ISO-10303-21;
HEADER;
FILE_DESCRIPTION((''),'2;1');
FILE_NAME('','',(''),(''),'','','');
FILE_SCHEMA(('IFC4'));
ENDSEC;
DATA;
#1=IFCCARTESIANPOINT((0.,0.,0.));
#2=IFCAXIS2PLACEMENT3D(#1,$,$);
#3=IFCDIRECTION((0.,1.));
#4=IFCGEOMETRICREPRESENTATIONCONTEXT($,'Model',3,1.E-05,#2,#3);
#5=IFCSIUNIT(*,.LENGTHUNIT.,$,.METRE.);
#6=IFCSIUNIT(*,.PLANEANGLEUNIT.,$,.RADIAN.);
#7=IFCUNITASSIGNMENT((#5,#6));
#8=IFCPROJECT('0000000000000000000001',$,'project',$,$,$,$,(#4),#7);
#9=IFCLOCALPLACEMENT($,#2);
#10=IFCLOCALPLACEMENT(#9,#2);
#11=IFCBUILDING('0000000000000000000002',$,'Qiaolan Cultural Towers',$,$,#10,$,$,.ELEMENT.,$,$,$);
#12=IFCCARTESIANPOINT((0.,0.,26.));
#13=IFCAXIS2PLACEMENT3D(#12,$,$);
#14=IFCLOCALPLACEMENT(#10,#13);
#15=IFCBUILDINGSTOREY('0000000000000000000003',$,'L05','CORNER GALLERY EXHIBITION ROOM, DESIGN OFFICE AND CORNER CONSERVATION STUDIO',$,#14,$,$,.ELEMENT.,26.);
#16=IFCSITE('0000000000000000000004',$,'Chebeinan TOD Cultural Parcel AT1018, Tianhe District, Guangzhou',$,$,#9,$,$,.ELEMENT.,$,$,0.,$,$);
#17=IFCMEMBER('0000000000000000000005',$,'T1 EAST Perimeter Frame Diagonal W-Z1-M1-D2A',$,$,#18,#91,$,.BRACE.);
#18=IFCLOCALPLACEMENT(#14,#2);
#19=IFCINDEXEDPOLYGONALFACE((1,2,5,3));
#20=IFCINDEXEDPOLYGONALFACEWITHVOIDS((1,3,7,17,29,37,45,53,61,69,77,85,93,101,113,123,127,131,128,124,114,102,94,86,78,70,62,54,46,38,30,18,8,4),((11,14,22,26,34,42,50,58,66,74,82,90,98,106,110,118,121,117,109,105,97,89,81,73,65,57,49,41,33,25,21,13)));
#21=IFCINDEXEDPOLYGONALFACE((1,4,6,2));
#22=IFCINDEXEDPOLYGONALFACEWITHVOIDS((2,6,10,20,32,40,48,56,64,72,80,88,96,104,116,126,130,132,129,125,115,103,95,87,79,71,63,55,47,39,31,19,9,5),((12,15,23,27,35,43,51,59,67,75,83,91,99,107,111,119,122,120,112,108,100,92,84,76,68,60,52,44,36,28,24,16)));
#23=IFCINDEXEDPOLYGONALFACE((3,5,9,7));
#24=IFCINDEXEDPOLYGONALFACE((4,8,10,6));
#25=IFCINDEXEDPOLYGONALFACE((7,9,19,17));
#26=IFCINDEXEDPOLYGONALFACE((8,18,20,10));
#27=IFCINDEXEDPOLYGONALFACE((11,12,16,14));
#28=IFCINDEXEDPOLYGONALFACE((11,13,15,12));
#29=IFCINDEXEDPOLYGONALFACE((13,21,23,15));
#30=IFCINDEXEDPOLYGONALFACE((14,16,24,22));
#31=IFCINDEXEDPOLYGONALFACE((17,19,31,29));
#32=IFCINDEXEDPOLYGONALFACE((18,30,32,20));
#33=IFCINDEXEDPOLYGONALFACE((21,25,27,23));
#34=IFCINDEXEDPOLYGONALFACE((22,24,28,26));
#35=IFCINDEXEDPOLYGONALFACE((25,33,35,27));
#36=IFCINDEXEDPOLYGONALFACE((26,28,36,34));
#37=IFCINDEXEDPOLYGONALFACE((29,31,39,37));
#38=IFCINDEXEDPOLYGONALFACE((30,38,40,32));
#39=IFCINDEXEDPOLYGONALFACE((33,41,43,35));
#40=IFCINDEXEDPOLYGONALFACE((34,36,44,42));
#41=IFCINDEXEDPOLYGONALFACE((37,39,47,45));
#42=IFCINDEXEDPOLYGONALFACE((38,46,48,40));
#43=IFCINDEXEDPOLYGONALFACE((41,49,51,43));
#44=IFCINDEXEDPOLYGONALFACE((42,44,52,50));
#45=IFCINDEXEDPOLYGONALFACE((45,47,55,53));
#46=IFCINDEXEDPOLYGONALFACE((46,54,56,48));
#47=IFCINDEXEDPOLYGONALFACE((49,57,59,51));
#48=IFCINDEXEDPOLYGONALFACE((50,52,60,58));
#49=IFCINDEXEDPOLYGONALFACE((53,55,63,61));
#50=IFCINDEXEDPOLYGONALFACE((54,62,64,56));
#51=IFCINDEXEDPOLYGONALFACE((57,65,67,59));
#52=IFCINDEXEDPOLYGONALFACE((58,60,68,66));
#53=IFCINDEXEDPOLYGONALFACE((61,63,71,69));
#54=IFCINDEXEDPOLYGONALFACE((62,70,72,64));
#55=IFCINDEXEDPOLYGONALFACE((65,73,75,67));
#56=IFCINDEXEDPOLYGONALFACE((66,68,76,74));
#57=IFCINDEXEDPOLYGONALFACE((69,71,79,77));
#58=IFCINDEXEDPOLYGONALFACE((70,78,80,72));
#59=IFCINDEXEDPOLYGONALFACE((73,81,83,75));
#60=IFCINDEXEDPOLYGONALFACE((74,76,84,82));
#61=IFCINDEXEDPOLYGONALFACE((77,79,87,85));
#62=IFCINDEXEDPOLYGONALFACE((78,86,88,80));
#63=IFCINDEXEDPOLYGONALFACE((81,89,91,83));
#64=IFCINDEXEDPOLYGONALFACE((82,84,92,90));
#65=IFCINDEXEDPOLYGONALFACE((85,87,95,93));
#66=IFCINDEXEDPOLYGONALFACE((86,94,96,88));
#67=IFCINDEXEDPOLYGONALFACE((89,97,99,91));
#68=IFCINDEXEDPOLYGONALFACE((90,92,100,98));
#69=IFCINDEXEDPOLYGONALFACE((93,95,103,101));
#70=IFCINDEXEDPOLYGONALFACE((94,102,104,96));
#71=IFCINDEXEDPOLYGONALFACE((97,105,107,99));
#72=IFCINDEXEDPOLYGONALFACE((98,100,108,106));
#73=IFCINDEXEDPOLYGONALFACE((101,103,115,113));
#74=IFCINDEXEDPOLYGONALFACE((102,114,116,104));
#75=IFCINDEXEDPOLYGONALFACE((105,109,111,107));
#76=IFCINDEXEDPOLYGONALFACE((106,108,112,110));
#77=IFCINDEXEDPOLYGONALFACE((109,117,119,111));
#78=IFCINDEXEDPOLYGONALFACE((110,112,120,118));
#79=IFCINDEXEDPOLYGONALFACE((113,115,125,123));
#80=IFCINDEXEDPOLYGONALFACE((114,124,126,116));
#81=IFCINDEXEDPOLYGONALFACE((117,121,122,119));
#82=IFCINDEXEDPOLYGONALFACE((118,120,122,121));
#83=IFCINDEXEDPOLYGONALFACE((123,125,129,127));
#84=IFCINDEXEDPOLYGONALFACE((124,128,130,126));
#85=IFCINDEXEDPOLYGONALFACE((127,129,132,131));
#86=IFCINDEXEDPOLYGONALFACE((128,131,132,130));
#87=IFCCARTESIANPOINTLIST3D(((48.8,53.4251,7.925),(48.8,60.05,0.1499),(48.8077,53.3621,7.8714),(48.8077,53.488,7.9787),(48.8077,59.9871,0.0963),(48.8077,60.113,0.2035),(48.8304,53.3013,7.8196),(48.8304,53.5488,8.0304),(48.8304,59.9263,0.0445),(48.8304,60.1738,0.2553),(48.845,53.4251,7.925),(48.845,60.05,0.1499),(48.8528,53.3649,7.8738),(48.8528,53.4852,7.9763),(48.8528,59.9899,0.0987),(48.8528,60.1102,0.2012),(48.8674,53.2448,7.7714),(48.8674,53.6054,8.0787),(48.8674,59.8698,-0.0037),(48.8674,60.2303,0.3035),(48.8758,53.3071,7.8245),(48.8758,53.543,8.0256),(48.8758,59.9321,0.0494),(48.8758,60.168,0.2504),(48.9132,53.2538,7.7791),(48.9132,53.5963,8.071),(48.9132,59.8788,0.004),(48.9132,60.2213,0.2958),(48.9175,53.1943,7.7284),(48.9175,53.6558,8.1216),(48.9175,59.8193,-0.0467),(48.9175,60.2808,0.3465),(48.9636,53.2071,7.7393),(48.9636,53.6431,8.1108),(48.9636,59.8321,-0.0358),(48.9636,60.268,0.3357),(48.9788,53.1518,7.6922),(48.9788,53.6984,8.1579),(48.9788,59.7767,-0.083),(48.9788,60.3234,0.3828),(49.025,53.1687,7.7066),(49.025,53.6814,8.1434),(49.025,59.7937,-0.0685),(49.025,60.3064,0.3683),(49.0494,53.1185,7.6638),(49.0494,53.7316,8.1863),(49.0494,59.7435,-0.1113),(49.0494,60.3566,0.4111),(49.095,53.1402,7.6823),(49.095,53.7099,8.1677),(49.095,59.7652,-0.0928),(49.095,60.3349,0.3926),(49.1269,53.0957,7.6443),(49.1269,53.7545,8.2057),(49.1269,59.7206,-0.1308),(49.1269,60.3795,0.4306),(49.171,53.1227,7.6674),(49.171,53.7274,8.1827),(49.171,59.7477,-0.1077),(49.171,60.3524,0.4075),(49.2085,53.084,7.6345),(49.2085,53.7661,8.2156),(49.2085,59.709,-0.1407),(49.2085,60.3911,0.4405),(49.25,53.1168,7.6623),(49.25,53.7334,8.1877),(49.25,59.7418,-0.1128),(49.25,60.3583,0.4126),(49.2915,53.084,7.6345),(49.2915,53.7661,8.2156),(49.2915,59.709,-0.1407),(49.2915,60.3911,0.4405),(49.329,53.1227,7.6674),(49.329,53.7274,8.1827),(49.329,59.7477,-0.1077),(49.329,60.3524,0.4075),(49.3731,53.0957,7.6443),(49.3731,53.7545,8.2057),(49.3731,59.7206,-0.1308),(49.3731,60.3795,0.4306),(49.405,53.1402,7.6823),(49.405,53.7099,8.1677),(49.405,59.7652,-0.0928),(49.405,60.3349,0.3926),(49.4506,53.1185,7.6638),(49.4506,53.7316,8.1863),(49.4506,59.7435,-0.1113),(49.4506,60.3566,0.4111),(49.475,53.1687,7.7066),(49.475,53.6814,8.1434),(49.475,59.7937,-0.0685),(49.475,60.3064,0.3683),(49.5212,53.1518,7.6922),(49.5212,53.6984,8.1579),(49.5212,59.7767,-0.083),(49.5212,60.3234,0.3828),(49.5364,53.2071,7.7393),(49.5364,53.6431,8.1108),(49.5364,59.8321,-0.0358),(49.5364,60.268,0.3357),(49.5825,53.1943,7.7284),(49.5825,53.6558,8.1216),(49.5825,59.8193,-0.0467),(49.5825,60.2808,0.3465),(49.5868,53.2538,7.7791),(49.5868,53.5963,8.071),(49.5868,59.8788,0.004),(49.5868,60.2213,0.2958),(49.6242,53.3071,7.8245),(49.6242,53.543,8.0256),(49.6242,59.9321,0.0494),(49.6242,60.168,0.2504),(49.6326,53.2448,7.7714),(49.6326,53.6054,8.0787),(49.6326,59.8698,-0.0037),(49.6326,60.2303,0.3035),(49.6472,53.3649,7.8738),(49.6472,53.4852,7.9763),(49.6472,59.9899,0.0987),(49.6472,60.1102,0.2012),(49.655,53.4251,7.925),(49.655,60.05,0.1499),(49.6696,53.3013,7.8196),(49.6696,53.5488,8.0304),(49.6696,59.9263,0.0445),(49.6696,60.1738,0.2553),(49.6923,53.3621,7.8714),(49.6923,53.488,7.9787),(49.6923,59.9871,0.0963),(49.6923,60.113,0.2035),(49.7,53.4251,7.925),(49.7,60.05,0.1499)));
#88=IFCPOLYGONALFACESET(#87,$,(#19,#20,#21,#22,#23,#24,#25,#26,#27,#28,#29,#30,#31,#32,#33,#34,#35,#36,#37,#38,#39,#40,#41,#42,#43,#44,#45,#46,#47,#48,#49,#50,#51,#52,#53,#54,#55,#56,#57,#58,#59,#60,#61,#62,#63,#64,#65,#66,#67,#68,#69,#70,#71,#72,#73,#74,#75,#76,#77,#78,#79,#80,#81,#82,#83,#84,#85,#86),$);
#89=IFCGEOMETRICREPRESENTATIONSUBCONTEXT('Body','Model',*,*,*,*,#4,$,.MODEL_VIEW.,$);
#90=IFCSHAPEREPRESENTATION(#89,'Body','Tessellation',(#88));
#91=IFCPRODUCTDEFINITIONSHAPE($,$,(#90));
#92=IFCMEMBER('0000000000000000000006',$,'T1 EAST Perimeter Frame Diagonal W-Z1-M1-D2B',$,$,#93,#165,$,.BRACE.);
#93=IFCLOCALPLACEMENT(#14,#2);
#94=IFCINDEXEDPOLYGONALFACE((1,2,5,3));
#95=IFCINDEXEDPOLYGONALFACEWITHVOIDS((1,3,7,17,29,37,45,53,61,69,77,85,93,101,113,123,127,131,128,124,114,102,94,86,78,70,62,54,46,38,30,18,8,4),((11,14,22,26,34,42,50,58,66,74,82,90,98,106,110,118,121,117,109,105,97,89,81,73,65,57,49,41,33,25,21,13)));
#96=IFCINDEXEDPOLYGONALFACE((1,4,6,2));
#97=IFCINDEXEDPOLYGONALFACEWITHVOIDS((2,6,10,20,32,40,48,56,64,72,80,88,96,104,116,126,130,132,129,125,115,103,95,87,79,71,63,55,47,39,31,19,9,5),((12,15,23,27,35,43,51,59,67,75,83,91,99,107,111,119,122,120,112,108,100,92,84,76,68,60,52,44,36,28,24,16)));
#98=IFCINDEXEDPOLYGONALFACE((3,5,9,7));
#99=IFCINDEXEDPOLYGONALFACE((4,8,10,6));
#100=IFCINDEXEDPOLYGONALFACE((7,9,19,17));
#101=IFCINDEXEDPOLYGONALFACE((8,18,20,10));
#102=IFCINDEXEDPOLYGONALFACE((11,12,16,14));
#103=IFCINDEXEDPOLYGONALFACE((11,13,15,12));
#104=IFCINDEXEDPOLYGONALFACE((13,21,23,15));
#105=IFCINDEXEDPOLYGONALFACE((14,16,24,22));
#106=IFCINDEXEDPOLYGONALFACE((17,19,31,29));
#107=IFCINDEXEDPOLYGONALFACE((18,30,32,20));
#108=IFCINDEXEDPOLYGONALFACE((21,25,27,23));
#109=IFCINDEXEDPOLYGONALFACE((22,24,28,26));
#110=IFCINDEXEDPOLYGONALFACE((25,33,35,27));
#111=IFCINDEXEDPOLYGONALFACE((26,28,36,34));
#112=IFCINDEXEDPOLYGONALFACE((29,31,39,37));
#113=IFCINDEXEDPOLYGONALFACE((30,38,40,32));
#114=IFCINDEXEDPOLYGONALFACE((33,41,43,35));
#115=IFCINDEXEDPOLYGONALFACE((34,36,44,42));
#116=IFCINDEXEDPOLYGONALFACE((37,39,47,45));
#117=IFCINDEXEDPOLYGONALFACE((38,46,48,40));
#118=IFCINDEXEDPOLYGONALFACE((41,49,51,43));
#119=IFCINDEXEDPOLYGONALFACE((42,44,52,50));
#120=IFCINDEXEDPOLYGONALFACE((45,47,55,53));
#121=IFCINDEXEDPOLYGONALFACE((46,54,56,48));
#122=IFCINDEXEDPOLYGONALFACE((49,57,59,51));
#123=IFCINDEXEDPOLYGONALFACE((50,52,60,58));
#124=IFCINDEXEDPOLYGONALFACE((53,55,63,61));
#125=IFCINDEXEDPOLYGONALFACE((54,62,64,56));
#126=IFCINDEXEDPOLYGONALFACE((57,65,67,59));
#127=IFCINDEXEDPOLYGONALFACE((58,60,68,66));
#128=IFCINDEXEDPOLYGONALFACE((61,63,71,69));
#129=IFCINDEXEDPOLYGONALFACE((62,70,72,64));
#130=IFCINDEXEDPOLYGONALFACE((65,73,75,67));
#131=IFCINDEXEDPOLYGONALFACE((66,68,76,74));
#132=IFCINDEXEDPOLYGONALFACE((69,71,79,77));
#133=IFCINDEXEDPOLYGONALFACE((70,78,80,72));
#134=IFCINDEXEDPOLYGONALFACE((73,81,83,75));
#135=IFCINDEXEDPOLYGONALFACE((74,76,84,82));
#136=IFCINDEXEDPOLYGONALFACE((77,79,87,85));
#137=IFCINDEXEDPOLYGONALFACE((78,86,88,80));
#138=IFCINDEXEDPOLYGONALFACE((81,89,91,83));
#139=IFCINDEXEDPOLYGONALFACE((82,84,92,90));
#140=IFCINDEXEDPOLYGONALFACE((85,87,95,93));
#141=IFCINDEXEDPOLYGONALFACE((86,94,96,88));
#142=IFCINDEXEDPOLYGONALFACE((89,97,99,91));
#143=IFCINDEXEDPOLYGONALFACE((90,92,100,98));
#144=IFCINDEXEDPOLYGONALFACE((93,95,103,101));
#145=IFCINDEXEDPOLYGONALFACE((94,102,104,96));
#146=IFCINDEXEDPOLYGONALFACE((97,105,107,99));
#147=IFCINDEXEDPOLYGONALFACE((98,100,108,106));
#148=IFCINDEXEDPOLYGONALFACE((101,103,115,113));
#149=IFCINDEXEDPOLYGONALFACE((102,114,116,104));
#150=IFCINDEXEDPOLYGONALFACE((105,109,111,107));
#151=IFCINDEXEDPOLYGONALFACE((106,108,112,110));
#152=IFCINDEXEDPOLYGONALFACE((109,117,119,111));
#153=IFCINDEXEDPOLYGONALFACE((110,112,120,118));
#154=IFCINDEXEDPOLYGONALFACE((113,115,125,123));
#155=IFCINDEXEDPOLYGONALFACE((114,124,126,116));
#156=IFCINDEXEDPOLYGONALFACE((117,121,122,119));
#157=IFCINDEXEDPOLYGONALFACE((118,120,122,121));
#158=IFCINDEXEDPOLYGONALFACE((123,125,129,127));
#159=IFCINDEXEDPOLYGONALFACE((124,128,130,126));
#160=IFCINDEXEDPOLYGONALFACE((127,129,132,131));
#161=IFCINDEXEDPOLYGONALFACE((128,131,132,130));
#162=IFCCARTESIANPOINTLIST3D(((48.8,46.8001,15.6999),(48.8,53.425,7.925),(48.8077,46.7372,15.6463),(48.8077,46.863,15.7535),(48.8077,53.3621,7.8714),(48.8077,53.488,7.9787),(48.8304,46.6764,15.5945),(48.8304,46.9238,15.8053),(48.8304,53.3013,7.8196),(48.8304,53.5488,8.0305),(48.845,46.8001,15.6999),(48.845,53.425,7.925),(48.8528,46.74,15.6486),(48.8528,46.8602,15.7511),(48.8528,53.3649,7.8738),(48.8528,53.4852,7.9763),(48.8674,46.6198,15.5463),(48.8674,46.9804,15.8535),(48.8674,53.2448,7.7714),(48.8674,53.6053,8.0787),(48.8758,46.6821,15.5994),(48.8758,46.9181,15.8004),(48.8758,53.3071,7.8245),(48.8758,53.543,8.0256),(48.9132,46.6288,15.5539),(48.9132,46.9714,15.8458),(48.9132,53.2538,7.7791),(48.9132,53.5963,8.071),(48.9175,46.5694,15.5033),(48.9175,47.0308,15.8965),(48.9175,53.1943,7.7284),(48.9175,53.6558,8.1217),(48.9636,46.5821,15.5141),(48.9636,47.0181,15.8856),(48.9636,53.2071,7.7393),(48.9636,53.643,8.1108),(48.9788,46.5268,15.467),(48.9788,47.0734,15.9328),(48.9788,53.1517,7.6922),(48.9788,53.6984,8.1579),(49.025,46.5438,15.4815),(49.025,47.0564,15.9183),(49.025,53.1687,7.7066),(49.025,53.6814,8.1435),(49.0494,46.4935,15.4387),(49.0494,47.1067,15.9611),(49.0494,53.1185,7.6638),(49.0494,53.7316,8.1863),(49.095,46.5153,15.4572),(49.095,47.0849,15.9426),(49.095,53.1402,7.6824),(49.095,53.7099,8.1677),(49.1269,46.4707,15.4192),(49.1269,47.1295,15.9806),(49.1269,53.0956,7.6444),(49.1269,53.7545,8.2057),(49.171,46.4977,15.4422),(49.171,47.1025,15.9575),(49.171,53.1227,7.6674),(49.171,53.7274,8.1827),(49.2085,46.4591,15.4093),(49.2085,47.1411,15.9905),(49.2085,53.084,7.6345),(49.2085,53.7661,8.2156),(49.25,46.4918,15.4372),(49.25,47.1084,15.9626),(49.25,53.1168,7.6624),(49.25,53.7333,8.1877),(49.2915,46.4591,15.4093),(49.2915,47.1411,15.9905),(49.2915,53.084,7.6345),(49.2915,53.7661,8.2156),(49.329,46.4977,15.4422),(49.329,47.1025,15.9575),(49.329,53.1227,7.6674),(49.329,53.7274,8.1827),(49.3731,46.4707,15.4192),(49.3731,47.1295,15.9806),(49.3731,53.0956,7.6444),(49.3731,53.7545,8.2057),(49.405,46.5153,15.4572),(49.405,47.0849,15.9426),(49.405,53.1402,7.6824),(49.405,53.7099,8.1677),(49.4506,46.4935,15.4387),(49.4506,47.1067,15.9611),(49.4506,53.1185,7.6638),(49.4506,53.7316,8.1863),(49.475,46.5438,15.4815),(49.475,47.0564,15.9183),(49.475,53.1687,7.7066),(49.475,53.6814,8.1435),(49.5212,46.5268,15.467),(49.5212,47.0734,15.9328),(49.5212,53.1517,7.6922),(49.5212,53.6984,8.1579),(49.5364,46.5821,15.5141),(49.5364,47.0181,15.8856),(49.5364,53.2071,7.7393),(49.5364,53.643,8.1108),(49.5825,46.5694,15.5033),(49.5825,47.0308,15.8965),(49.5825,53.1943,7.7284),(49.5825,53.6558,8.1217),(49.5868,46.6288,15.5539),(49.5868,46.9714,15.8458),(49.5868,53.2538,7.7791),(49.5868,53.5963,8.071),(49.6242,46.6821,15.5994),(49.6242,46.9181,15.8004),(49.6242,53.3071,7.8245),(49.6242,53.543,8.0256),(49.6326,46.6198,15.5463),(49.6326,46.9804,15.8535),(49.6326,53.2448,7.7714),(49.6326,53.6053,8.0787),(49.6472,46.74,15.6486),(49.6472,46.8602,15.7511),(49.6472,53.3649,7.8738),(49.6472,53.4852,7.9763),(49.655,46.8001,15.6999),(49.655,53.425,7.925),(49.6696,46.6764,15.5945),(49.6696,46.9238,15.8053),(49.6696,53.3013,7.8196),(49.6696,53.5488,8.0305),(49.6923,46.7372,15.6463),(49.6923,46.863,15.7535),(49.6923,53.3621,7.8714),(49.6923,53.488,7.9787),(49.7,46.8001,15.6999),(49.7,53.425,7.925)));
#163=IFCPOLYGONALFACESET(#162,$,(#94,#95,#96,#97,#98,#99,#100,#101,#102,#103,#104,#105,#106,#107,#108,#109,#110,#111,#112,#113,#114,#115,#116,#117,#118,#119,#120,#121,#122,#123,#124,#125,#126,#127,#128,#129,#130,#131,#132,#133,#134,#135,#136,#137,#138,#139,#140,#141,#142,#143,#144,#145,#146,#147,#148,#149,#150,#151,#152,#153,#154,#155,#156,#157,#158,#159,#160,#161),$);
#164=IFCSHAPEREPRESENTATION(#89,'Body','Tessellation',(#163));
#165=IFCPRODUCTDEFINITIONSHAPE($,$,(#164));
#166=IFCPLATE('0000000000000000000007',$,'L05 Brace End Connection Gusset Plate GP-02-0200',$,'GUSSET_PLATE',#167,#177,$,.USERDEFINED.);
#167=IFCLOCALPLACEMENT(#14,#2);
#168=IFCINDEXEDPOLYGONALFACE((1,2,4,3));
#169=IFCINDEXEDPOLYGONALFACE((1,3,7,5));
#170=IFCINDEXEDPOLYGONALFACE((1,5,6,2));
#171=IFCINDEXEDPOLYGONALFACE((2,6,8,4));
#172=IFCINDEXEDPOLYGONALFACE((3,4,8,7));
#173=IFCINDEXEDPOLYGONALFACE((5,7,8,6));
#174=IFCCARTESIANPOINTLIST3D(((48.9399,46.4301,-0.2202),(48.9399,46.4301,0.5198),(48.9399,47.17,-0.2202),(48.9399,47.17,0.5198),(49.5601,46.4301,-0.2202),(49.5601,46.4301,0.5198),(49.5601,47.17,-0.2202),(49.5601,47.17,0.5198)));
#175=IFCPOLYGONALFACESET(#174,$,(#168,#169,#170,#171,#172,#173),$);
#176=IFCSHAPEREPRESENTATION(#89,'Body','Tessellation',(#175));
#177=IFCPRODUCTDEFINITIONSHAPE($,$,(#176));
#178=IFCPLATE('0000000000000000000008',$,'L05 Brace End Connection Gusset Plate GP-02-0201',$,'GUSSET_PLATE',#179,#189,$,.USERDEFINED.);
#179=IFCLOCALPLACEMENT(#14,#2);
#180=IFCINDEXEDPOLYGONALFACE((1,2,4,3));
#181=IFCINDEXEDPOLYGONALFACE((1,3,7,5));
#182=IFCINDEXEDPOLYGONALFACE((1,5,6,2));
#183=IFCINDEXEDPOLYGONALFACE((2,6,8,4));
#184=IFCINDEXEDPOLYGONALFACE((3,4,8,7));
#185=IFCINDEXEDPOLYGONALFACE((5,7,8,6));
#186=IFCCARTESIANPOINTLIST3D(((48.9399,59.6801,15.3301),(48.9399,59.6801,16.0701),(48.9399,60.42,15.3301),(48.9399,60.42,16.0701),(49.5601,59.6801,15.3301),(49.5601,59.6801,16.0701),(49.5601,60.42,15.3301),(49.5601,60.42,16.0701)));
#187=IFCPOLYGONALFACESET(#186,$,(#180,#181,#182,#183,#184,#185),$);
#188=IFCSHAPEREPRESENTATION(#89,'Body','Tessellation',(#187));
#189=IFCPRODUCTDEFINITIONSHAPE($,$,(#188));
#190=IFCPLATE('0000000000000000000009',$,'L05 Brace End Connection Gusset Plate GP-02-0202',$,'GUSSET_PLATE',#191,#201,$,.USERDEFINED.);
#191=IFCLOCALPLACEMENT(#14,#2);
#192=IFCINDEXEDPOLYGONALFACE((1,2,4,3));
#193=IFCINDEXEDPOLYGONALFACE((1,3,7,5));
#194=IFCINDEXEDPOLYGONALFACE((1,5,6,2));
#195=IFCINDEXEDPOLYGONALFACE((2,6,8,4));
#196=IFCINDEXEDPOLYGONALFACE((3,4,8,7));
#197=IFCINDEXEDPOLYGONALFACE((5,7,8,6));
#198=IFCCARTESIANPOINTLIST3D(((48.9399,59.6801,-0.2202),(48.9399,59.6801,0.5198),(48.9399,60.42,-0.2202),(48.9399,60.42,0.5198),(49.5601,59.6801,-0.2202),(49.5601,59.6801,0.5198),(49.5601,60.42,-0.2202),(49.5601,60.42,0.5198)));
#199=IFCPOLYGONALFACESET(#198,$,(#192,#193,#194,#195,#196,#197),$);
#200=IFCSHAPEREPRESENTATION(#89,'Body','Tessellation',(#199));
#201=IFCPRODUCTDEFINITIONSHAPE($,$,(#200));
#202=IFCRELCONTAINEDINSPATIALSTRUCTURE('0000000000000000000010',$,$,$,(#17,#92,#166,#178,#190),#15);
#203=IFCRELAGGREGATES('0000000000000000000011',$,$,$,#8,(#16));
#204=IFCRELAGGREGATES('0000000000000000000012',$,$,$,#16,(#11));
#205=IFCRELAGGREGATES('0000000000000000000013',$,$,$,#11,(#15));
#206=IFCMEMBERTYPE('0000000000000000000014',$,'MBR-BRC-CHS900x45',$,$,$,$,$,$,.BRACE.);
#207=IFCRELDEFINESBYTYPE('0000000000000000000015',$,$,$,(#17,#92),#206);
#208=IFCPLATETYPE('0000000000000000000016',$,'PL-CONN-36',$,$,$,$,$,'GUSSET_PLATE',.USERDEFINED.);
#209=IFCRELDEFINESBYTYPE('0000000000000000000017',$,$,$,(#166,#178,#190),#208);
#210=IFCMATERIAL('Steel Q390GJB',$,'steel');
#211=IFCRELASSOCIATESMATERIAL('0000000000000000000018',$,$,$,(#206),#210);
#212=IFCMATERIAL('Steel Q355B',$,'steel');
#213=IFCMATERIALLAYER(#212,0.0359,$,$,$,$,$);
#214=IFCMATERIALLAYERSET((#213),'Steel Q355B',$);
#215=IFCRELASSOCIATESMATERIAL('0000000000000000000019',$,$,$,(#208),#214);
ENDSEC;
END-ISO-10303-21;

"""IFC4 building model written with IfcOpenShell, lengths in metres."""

from ifc_helpers import new_model, si_unit, direction, frame, origin, origin_2d, place, context, subcontext, project, spatial, rectangle, hollow_circle, extrude, material, layer, layer_set, material_profile, profile_set, type_object, element, save


model = new_model("IFC4")

# Units and contexts
model_context = context("Model", 3, precision=1e-05, world=origin(), true_north=direction((0.0, 1.0)))
body_context = subcontext(model_context, "Body", "Model", "MODEL_VIEW")
ifc_project = project(units=[si_unit("LENGTHUNIT", "METRE"), si_unit("PLANEANGLEUNIT", "RADIAN")], contexts=[model_context])

# Site, building, storey
site_placement = place(None, origin())
site = spatial("IfcSite", under=ifc_project, at=site_placement, Name="Chebeinan TOD Cultural Parcel AT1018, Tianhe District, Guangzhou", CompositionType="ELEMENT", RefElevation=0.0)
building_placement = place(site_placement, origin())
building = spatial("IfcBuilding", under=site, at=building_placement, Name="Qiaolan Cultural Towers", CompositionType="ELEMENT")
storey_placement = place(building_placement, frame((0.0, 0.0, 26.0)))
storey = spatial("IfcBuildingStorey", under=building, at=storey_placement, Name="L05", Description="CORNER GALLERY EXHIBITION ROOM, DESIGN OFFICE AND CORNER CONSERVATION STUDIO", CompositionType="ELEMENT", Elevation=26.0)

# Members
ifc_material_1 = material(Name="Steel Q390GJB", Category="steel")
ifc_material_profile_1 = material_profile(ifc_material_1, hollow_circle(Radius=0.45, WallThickness=0.0449, at=origin_2d()), Name="CHS900x45")
ifc_profile_set_1 = profile_set([ifc_material_profile_1], Name="Steel Q390GJB")
member_type_1 = type_object("IfcMemberType", Name="MBR-BRC-CHS900x45", PredefinedType="BRACE", material=ifc_profile_set_1)
member_1_placement = place(storey_placement, frame((49.25, 60.05, 0.1499), z_axis=(0.0, -0.648564, 0.76116), x_axis=(1.0, 0.0, 0.0)))
element("IfcMember", 1, at=member_1_placement, inside=storey, type_object=member_type_1, Name="T1 EAST Perimeter Frame Diagonal W-Z1-M1-D2A", PredefinedType="BRACE", context=body_context, shape_type="SweptSolid", body=[
    extrude(hollow_circle(Radius=0.45, WallThickness=0.0449, at=origin_2d()), origin(), (0.0, 0.0, 1.0), 10.2148),
])
member_2_placement = place(storey_placement, frame((49.25, 53.425, 7.925), z_axis=(0.0, -0.648576, 0.76115), x_axis=(1.0, 0.0, 0.0)))
element("IfcMember", 2, at=member_2_placement, inside=storey, type_object=member_type_1, Name="T1 EAST Perimeter Frame Diagonal W-Z1-M1-D2B", PredefinedType="BRACE", context=body_context, shape_type="SweptSolid", body=[
    extrude(hollow_circle(Radius=0.45, WallThickness=0.0449, at=origin_2d()), origin(), (0.0, 0.0, 1.0), 10.2146),
])

# Plates
ifc_material_2 = material(Name="Steel Q355B", Category="steel")
ifc_layer_1 = layer(ifc_material_2, 0.0359)
ifc_layer_set_1 = layer_set([ifc_layer_1], Name="Steel Q355B")
plate_type_1 = type_object("IfcPlateType", Name="PL-CONN-36", ElementType="GUSSET_PLATE", PredefinedType="USERDEFINED", material=ifc_layer_set_1)
for number, where, z_axis, x_axis, name in (
    (3, (49.25, 46.8, -0.2202), (0.0, 0.0, 1.0), (0.0, 1.0, 0.0), "L05 Brace End Connection Gusset Plate GP-02-0200"),
    (4, (49.25, 60.05, 15.3301), (0.0, 0.0, 1.0), (0.0, 1.0, 0.0), "L05 Brace End Connection Gusset Plate GP-02-0201"),
    (5, (49.25, 60.05, -0.2202), (0.0, 0.0, 1.0), (0.0, 1.0, 0.0), "L05 Brace End Connection Gusset Plate GP-02-0202"),
):
    element("IfcPlate", number, at=place(storey_placement, frame(where, z_axis=z_axis, x_axis=x_axis)), inside=storey, type_object=plate_type_1, Name=name, ObjectType="GUSSET_PLATE", PredefinedType="USERDEFINED", context=body_context, shape_type="SweptSolid", body=[
        extrude(rectangle(XDim=0.74, YDim=0.6201, at=origin_2d()), origin(), (0.0, 0.0, 1.0), 0.74),
    ])

save(model, "model.ifc")
